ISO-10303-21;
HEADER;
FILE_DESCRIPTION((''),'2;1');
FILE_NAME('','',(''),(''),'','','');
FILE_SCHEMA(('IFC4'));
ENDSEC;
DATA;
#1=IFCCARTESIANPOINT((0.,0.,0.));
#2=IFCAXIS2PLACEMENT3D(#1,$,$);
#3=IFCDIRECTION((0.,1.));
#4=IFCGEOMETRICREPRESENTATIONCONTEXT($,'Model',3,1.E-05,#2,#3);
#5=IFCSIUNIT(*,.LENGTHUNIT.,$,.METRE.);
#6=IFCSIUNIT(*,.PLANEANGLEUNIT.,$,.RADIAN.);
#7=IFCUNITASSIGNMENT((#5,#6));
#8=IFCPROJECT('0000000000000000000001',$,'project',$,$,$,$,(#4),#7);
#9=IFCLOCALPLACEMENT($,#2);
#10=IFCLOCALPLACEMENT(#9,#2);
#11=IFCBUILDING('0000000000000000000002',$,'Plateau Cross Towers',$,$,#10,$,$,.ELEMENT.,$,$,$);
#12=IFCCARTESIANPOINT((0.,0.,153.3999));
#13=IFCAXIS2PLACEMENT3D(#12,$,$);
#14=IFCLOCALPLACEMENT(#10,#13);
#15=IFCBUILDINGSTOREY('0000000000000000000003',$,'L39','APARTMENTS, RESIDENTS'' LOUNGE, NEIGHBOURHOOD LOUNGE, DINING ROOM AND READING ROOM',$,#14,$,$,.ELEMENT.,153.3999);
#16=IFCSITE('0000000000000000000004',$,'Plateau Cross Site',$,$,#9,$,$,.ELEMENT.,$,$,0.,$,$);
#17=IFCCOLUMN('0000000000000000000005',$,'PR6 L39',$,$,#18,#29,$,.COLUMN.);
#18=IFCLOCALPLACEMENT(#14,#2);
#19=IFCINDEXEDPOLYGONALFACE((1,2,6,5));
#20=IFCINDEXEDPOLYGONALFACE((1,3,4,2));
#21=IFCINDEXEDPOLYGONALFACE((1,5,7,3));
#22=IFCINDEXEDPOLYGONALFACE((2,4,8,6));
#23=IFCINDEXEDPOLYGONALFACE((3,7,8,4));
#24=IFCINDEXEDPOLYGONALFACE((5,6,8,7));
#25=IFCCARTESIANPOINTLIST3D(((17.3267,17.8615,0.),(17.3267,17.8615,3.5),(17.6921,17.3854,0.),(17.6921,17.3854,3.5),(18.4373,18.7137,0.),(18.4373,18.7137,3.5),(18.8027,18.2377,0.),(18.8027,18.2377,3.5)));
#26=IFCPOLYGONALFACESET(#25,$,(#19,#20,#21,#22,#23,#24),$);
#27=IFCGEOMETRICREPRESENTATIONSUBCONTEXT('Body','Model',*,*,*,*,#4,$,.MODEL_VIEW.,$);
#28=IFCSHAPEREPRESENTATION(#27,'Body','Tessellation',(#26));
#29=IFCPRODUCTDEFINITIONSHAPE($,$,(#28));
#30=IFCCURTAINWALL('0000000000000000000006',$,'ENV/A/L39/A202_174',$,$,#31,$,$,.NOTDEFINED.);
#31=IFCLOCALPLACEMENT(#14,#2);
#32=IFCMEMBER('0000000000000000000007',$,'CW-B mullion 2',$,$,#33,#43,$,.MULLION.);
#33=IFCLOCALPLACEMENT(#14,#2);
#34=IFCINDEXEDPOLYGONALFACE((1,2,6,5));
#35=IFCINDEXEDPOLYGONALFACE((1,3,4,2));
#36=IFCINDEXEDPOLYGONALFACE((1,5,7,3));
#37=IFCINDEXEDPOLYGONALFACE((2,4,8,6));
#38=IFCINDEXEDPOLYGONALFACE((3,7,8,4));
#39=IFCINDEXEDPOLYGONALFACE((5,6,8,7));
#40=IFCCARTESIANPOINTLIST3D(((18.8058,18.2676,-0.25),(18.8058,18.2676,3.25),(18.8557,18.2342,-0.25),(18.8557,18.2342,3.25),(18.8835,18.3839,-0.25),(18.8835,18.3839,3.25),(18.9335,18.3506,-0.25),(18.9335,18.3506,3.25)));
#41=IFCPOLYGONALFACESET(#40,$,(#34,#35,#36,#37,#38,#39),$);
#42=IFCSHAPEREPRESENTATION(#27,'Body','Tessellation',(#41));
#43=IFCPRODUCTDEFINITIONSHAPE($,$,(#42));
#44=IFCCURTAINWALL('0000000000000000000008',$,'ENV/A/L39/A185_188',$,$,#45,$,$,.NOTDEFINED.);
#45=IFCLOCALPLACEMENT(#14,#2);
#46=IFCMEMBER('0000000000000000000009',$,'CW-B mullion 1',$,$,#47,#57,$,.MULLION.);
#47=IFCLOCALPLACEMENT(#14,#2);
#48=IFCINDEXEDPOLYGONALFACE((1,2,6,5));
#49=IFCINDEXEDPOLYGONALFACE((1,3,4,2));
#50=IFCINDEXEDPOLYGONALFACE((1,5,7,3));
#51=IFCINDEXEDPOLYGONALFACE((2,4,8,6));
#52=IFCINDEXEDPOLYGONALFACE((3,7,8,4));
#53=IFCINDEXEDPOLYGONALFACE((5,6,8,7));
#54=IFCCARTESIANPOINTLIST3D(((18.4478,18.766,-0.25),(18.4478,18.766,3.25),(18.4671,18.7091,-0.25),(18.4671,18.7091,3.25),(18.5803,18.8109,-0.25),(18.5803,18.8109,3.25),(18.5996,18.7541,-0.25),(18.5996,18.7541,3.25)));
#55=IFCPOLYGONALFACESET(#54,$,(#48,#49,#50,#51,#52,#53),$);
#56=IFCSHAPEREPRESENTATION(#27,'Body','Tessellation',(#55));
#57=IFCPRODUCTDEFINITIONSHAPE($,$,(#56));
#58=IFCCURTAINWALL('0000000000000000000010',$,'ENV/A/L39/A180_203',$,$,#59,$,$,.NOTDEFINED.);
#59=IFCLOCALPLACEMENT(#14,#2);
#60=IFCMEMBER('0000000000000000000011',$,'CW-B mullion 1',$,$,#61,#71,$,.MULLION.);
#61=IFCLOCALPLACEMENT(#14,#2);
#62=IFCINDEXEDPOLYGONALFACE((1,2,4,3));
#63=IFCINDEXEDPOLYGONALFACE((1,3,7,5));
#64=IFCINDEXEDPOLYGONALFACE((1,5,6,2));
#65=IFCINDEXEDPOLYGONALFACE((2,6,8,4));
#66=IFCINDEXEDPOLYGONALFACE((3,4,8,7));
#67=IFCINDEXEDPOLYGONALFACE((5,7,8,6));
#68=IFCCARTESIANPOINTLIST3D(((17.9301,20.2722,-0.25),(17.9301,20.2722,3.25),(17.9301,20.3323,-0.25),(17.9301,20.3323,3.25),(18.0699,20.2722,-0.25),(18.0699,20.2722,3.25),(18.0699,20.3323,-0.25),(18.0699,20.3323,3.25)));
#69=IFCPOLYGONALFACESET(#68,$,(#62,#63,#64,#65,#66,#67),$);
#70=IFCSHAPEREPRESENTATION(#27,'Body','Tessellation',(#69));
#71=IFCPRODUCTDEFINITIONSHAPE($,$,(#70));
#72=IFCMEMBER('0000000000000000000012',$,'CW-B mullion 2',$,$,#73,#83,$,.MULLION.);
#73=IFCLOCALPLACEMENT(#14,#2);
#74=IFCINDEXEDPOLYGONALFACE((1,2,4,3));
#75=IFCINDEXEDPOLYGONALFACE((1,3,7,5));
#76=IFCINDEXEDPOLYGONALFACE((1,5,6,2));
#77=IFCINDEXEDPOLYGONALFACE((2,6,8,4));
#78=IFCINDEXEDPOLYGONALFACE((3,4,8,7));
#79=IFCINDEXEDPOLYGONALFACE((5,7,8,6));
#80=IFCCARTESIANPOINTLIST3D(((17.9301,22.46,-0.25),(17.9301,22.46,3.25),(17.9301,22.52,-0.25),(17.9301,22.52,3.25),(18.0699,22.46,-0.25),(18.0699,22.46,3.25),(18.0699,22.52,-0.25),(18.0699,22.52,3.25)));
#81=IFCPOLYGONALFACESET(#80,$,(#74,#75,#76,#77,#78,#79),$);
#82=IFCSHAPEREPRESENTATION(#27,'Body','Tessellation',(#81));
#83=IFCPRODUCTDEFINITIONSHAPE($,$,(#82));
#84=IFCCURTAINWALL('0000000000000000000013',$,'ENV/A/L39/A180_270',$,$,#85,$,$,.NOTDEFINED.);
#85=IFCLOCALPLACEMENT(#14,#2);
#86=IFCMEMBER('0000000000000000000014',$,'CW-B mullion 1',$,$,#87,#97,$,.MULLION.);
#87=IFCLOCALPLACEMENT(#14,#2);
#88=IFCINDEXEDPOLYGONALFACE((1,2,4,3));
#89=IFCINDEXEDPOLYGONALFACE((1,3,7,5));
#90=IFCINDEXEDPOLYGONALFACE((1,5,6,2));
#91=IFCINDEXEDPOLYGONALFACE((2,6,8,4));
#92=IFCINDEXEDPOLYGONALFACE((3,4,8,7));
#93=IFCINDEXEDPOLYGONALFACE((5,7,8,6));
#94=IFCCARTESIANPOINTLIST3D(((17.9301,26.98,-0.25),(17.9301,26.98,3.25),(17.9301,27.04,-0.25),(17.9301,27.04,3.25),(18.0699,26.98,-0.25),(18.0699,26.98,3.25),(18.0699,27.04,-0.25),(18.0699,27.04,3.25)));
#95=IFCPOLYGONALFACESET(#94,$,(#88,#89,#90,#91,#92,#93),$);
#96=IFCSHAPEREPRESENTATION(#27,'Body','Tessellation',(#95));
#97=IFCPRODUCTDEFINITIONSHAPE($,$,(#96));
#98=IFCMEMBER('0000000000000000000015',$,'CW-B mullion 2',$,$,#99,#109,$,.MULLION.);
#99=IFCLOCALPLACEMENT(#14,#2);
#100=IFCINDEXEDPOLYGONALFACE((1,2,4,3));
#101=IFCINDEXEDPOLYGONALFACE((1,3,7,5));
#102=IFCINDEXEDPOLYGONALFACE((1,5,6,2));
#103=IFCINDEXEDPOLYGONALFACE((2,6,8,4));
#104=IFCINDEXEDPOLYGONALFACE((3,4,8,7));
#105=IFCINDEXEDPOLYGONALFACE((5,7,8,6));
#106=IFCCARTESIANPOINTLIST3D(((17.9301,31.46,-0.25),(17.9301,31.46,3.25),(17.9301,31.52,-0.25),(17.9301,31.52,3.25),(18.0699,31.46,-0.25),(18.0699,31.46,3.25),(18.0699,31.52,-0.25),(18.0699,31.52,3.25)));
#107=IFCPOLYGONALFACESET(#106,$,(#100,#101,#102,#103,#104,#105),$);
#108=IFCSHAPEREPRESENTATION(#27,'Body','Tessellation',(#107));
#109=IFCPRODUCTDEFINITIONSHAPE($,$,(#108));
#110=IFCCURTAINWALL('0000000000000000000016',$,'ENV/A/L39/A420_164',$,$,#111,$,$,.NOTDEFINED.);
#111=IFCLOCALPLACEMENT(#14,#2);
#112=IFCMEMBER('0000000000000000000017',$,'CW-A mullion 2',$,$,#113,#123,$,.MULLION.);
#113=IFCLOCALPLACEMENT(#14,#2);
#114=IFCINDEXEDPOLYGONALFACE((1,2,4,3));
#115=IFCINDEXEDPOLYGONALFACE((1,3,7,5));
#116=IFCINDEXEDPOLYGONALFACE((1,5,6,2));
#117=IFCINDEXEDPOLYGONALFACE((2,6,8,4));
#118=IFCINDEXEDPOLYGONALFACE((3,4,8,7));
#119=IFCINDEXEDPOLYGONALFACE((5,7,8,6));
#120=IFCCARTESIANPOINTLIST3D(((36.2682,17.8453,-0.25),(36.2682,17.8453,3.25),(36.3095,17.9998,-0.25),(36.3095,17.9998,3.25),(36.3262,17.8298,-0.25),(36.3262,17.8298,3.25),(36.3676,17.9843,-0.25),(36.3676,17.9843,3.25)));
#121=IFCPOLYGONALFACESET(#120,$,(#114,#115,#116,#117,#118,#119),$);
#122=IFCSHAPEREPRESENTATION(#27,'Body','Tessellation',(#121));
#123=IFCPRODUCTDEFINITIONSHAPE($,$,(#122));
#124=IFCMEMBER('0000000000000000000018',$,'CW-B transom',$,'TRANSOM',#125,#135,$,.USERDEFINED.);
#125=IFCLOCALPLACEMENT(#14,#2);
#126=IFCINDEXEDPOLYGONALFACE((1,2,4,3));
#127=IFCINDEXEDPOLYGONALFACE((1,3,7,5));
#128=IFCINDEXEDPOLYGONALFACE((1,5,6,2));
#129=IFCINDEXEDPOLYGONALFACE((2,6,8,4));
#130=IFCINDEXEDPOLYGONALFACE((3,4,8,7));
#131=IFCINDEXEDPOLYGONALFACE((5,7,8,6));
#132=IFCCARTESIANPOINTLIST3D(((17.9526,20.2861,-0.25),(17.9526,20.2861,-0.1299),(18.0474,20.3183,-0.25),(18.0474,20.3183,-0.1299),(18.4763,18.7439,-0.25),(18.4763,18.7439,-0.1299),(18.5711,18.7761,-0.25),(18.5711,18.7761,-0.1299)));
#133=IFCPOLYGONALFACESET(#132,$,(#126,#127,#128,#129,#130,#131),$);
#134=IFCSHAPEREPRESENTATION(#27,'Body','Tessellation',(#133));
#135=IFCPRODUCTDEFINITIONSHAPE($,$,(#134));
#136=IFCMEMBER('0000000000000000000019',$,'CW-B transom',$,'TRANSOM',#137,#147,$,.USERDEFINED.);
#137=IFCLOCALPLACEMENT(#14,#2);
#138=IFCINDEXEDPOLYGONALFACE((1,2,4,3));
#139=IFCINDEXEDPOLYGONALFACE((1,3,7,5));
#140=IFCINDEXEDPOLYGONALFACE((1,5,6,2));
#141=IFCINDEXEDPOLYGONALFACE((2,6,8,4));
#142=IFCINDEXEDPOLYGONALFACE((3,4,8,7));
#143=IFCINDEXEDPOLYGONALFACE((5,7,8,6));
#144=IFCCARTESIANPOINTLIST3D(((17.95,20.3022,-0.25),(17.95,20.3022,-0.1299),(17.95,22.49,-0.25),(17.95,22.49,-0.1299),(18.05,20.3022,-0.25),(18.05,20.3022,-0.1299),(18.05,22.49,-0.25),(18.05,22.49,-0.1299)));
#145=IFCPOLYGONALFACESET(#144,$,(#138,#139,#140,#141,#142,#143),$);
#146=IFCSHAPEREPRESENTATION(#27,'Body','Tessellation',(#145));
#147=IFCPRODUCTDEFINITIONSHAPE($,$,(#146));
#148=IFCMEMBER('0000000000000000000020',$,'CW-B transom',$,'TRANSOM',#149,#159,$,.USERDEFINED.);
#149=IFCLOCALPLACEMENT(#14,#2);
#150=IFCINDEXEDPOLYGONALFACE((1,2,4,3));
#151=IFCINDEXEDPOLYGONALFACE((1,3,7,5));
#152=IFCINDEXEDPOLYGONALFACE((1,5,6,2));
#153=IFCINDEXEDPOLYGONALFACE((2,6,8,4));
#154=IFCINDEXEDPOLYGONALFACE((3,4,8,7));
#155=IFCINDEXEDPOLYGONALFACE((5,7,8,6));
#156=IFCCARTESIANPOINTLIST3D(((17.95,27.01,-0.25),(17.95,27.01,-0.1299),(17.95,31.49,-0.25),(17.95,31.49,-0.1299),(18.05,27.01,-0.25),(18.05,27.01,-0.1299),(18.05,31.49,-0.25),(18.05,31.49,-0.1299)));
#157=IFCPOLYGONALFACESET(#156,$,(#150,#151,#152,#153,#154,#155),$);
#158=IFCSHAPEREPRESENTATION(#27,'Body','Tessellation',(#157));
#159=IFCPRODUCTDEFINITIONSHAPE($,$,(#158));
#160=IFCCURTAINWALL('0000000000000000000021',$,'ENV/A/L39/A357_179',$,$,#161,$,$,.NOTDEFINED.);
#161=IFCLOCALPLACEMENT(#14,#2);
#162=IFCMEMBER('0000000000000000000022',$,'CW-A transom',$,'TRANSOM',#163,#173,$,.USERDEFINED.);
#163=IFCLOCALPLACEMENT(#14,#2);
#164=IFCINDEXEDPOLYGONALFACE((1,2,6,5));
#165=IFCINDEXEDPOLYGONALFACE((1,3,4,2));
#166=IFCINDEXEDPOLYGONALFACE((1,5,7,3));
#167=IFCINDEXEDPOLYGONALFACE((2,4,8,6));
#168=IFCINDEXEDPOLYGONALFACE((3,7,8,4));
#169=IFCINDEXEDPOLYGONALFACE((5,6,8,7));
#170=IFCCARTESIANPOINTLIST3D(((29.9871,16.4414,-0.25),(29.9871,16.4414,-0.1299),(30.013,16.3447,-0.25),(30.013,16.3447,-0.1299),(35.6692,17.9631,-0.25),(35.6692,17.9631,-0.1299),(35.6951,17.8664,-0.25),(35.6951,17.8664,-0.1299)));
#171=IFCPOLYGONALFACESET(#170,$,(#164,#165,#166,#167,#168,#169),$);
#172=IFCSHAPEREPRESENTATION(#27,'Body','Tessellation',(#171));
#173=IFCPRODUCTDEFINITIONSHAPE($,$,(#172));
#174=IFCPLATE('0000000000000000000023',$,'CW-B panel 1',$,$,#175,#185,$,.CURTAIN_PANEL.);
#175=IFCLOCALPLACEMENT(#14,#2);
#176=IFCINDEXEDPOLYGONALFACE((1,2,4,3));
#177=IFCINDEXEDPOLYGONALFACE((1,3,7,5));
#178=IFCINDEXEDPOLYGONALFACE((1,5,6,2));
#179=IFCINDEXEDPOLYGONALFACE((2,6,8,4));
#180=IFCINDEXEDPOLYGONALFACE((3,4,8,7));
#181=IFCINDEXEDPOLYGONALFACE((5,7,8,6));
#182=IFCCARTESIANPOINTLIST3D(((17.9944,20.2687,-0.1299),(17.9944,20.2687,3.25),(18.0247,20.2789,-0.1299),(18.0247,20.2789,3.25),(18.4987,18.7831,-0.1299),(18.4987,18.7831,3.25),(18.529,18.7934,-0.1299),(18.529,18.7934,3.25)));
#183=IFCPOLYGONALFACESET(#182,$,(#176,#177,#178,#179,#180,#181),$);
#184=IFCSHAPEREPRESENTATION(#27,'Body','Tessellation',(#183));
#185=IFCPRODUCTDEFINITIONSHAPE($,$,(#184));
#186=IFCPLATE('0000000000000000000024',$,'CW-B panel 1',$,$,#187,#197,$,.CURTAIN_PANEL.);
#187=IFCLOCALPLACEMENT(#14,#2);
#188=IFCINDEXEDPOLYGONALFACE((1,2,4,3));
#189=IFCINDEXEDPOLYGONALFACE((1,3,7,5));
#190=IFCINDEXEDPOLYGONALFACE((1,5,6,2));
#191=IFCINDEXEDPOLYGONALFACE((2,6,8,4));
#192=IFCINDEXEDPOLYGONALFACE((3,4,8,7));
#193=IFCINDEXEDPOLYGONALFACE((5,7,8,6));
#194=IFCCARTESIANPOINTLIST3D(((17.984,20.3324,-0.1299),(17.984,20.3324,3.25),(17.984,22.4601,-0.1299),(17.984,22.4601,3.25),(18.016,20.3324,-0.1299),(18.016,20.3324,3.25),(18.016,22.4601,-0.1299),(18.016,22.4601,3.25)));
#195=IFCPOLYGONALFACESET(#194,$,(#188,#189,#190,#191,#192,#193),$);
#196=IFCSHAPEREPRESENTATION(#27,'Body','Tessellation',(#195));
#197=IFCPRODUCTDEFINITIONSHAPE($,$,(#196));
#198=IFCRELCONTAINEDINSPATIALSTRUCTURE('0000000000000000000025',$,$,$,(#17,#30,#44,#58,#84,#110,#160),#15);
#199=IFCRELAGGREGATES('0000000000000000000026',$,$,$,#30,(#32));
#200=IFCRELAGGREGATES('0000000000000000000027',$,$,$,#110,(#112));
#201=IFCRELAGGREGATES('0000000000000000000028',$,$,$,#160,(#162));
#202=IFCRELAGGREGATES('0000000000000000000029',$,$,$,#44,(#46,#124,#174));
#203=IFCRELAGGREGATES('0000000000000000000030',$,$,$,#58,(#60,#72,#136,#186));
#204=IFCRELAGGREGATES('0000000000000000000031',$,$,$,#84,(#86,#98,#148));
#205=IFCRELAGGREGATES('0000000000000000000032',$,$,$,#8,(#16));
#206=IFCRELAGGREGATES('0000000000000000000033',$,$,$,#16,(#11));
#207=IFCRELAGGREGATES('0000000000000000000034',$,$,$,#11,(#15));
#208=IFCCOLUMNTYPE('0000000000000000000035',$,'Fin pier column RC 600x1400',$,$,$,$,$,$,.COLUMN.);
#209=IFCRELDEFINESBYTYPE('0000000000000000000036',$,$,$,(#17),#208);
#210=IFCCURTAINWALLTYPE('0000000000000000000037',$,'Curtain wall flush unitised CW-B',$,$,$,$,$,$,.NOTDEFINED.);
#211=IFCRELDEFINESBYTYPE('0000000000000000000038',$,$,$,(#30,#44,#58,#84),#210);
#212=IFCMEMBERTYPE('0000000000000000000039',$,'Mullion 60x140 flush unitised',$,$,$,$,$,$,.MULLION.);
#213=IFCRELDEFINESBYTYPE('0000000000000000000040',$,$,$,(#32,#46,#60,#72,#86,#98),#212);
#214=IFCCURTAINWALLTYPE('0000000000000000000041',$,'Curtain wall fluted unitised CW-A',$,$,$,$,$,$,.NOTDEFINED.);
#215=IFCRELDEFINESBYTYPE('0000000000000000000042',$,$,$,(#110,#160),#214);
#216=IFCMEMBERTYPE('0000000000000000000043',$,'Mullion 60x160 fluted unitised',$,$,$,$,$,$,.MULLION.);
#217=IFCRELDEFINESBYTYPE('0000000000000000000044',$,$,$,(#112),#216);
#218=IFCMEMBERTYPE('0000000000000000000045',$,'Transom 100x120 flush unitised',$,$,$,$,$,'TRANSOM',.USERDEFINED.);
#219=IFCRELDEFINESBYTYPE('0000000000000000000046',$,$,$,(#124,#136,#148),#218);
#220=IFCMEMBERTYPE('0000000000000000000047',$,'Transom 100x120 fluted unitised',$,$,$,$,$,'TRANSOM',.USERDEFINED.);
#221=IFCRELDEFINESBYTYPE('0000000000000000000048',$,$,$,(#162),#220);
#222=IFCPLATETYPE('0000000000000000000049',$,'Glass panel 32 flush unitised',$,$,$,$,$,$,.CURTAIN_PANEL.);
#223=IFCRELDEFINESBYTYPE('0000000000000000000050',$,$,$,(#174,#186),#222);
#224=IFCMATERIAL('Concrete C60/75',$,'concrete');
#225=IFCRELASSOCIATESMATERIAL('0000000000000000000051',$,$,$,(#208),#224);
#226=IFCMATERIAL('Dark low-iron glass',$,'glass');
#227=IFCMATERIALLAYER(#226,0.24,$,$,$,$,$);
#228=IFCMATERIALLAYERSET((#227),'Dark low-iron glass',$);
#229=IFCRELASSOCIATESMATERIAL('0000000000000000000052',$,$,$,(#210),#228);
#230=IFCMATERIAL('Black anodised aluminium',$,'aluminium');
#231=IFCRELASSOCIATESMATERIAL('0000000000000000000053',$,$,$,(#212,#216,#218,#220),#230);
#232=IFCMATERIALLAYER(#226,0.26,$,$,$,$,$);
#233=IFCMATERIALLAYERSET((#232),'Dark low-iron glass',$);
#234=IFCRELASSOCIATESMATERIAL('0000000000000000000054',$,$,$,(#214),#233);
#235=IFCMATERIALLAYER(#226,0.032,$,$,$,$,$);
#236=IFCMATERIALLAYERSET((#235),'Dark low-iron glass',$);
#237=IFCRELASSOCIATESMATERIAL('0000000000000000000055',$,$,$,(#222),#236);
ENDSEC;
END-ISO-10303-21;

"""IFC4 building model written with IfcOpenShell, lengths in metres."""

from ifc_helpers import new_model, si_unit, direction, frame, origin, origin_2d, place, context, subcontext, project, spatial, rectangle, extrude, material, layer, layer_set, material_profile, profile_set, type_object, element, aggregate, save


model = new_model("IFC4")

# Units and contexts
model_context = context("Model", 3, precision=1e-05, world=origin(), true_north=direction((0.0, 1.0)))
body_context = subcontext(model_context, "Body", "Model", "MODEL_VIEW")
ifc_project = project(units=[si_unit("LENGTHUNIT", "METRE"), si_unit("PLANEANGLEUNIT", "RADIAN")], contexts=[model_context])

# Site, building, storey
site_placement = place(None, origin())
site = spatial("IfcSite", under=ifc_project, at=site_placement, Name="Plateau Cross Site", CompositionType="ELEMENT", RefElevation=0.0)
building_placement = place(site_placement, origin())
building = spatial("IfcBuilding", under=site, at=building_placement, Name="Plateau Cross Towers", CompositionType="ELEMENT")
storey_placement = place(building_placement, frame((0.0, 0.0, 153.3999)))
storey = spatial("IfcBuildingStorey", under=building, at=storey_placement, Name="L39", Description="APARTMENTS, RESIDENTS' LOUNGE, NEIGHBOURHOOD LOUNGE, DINING ROOM AND READING ROOM", CompositionType="ELEMENT", Elevation=153.3999)

# Column
ifc_material_1 = material(Name="Concrete C60/75", Category="concrete")
ifc_material_profile_1 = material_profile(ifc_material_1, rectangle(XDim=0.6001, YDim=1.3999, at=origin_2d()), Name="RC 600x1400")
ifc_profile_set_1 = profile_set([ifc_material_profile_1], Name="Concrete C60/75")
column_type = type_object("IfcColumnType", Name="Fin pier column RC 600x1400", PredefinedType="COLUMN", material=ifc_profile_set_1)
column_placement = place(storey_placement, frame((18.0647, 18.0496, 0.0), z_axis=(0.0, 0.0, 1.0), x_axis=(-0.608811, 0.793315, 0.0)))
element("IfcColumn", 1, at=column_placement, inside=storey, type_object=column_type, Name="PR6 L39", PredefinedType="COLUMN", context=body_context, shape_type="SweptSolid", body=[
    extrude(rectangle(XDim=0.6001, YDim=1.3999, at=origin_2d()), origin(), (0.0, 0.0, 1.0), 3.5),
])

# Curtain walls, members
ifc_material_2 = material(Name="Dark low-iron glass", Category="glass")
ifc_layer_1 = layer(ifc_material_2, 0.24)
ifc_layer_set_1 = layer_set([ifc_layer_1], Name="Dark low-iron glass")
curtain_wall_type_1 = type_object("IfcCurtainWallType", Name="Curtain wall flush unitised CW-B", PredefinedType="NOTDEFINED", material=ifc_layer_set_1)
curtain_wall_1_placement = place(storey_placement, origin())
curtain_wall_1 = element("IfcCurtainWall", 2, at=curtain_wall_1_placement, inside=storey, type_object=curtain_wall_type_1, Name="ENV/A/L39/A202_174", PredefinedType="NOTDEFINED")
ifc_material_3 = material(Name="Black anodised aluminium", Category="aluminium")
ifc_material_profile_2 = material_profile(ifc_material_3, rectangle(XDim=0.0601, YDim=0.1399, at=origin_2d()), Name="MULLION 60x140")
ifc_profile_set_2 = profile_set([ifc_material_profile_2], Name="Black anodised aluminium")
member_type_1 = type_object("IfcMemberType", Name="Mullion 60x140 flush unitised", PredefinedType="MULLION", material=ifc_profile_set_2)
member_1_placement = place(storey_placement, frame((18.8696, 18.3091, -0.25), z_axis=(0.0, 0.0, 1.0), x_axis=(-0.831521, 0.555493, 0.0)))
member_1 = element("IfcMember", 3, at=member_1_placement, type_object=member_type_1, Name="CW-B mullion 2", PredefinedType="MULLION", context=body_context, shape_type="SweptSolid", body=[
    extrude(rectangle(XDim=0.0601, YDim=0.1399, at=origin_2d()), origin(), (0.0, 0.0, 1.0), 3.5),
])
aggregate(curtain_wall_1, [member_1])
curtain_wall_2_placement = place(storey_placement, origin())
curtain_wall_2 = element("IfcCurtainWall", 4, at=curtain_wall_2_placement, inside=storey, type_object=curtain_wall_type_1, Name="ENV/A/L39/A185_188", PredefinedType="NOTDEFINED")
member_2_placement = place(storey_placement, frame((18.5237, 18.76, -0.25), z_axis=(0.0, 0.0, 1.0), x_axis=(-0.321469, 0.94692, 0.0)))
member_2 = element("IfcMember", 5, at=member_2_placement, type_object=member_type_1, Name="CW-B mullion 1", PredefinedType="MULLION", context=body_context, shape_type="SweptSolid", body=[
    extrude(rectangle(XDim=0.0601, YDim=0.1399, at=origin_2d()), origin(), (0.0, 0.0, 1.0), 3.5),
])

# Curtain walls, members
curtain_wall_3_placement = place(storey_placement, origin())
curtain_wall_3 = element("IfcCurtainWall", 6, at=curtain_wall_3_placement, inside=storey, type_object=curtain_wall_type_1, Name="ENV/A/L39/A180_203", PredefinedType="NOTDEFINED")
member_3_placement = place(storey_placement, frame((18.0, 20.3022, -0.25), z_axis=(0.0, 0.0, 1.0), x_axis=(0.0, 1.0, 0.0)))
member_3 = element("IfcMember", 7, at=member_3_placement, type_object=member_type_1, Name="CW-B mullion 1", PredefinedType="MULLION", context=body_context, shape_type="SweptSolid", body=[
    extrude(rectangle(XDim=0.0601, YDim=0.1399, at=origin_2d()), origin(), (0.0, 0.0, 1.0), 3.5),
])
member_4_placement = place(storey_placement, frame((18.0, 22.49, -0.25), z_axis=(0.0, 0.0, 1.0), x_axis=(0.0, 1.0, 0.0)))
member_4 = element("IfcMember", 8, at=member_4_placement, type_object=member_type_1, Name="CW-B mullion 2", PredefinedType="MULLION", context=body_context, shape_type="SweptSolid", body=[
    extrude(rectangle(XDim=0.0601, YDim=0.1399, at=origin_2d()), origin(), (0.0, 0.0, 1.0), 3.5),
])
curtain_wall_4_placement = place(storey_placement, origin())
curtain_wall_4 = element("IfcCurtainWall", 9, at=curtain_wall_4_placement, inside=storey, type_object=curtain_wall_type_1, Name="ENV/A/L39/A180_270", PredefinedType="NOTDEFINED")
member_5_placement = place(storey_placement, frame((18.0, 27.01, -0.25), z_axis=(0.0, 0.0, 1.0), x_axis=(0.0, 1.0, 0.0)))
member_5 = element("IfcMember", 10, at=member_5_placement, type_object=member_type_1, Name="CW-B mullion 1", PredefinedType="MULLION", context=body_context, shape_type="SweptSolid", body=[
    extrude(rectangle(XDim=0.0601, YDim=0.1399, at=origin_2d()), origin(), (0.0, 0.0, 1.0), 3.5),
])
member_6_placement = place(storey_placement, frame((18.0, 31.49, -0.25), z_axis=(0.0, 0.0, 1.0), x_axis=(0.0, 1.0, 0.0)))
member_6 = element("IfcMember", 11, at=member_6_placement, type_object=member_type_1, Name="CW-B mullion 2", PredefinedType="MULLION", context=body_context, shape_type="SweptSolid", body=[
    extrude(rectangle(XDim=0.0601, YDim=0.1399, at=origin_2d()), origin(), (0.0, 0.0, 1.0), 3.5),
])

# Curtain wall, member
ifc_layer_2 = layer(ifc_material_2, 0.26)
ifc_layer_set_2 = layer_set([ifc_layer_2], Name="Dark low-iron glass")
curtain_wall_type_2 = type_object("IfcCurtainWallType", Name="Curtain wall fluted unitised CW-A", PredefinedType="NOTDEFINED", material=ifc_layer_set_2)
curtain_wall_5_placement = place(storey_placement, origin())
curtain_wall_5 = element("IfcCurtainWall", 12, at=curtain_wall_5_placement, inside=storey, type_object=curtain_wall_type_2, Name="ENV/A/L39/A420_164", PredefinedType="NOTDEFINED")
ifc_material_profile_3 = material_profile(ifc_material_3, rectangle(XDim=0.0601, YDim=0.1599, at=origin_2d()), Name="MULLION 60x160")
ifc_profile_set_3 = profile_set([ifc_material_profile_3], Name="Black anodised aluminium")
member_type_2 = type_object("IfcMemberType", Name="Mullion 60x160 fluted unitised", PredefinedType="MULLION", material=ifc_profile_set_3)
member_7_placement = place(storey_placement, frame((36.3179, 17.9148, -0.25), z_axis=(0.0, 0.0, 1.0), x_axis=(-0.965958, 0.258699, 0.0)))
member_7 = element("IfcMember", 13, at=member_7_placement, type_object=member_type_2, Name="CW-A mullion 2", PredefinedType="MULLION", context=body_context, shape_type="SweptSolid", body=[
    extrude(rectangle(XDim=0.0601, YDim=0.1599, at=origin_2d()), origin(), (0.0, 0.0, 1.0), 3.5),
])
aggregate(curtain_wall_5, [member_7])

# Members
ifc_material_profile_4 = material_profile(ifc_material_3, rectangle(XDim=0.1001, YDim=0.1201, at=origin_2d()), Name="TRANSOM 100x120")
ifc_profile_set_4 = profile_set([ifc_material_profile_4], Name="Black anodised aluminium")
member_type_3 = type_object("IfcMemberType", Name="Transom 100x120 flush unitised", ElementType="TRANSOM", PredefinedType="USERDEFINED", material=ifc_profile_set_4)
member_8_placement = place(storey_placement, frame((18.5237, 18.76, -0.1899), z_axis=(-0.321529, 0.9469, 0.0), x_axis=(-0.9469, -0.321529, 0.0)))
member_8 = element("IfcMember", 14, at=member_8_placement, type_object=member_type_3, Name="CW-B transom", ObjectType="TRANSOM", PredefinedType="USERDEFINED", context=body_context, shape_type="SweptSolid", body=[
    extrude(rectangle(XDim=0.1001, YDim=0.1201, at=origin_2d()), origin(), (0.0, 0.0, 1.0), 1.6287),
])
member_9_placement = place(storey_placement, frame((18.0, 20.3022, -0.1899), z_axis=(0.0, 1.0, 0.0), x_axis=(-1.0, 0.0, 0.0)))
member_9 = element("IfcMember", 15, at=member_9_placement, type_object=member_type_3, Name="CW-B transom", ObjectType="TRANSOM", PredefinedType="USERDEFINED", context=body_context, shape_type="SweptSolid", body=[
    extrude(rectangle(XDim=0.1001, YDim=0.1201, at=origin_2d()), origin(), (0.0, 0.0, 1.0), 2.1877),
])
member_10_placement = place(storey_placement, frame((18.0, 27.01, -0.1899), z_axis=(0.0, 1.0, 0.0), x_axis=(-1.0, 0.0, 0.0)))
member_10 = element("IfcMember", 16, at=member_10_placement, type_object=member_type_3, Name="CW-B transom", ObjectType="TRANSOM", PredefinedType="USERDEFINED", context=body_context, shape_type="SweptSolid", body=[
    extrude(rectangle(XDim=0.1001, YDim=0.1201, at=origin_2d()), origin(), (0.0, 0.0, 1.0), 4.48),
])

# Curtain wall, member
curtain_wall_6_placement = place(storey_placement, origin())
curtain_wall_6 = element("IfcCurtainWall", 17, at=curtain_wall_6_placement, inside=storey, type_object=curtain_wall_type_2, Name="ENV/A/L39/A357_179", PredefinedType="NOTDEFINED")
ifc_material_profile_5 = material_profile(ifc_material_3, rectangle(XDim=0.1001, YDim=0.1201, at=origin_2d()), Name="TRANSOM 100x120")
ifc_profile_set_5 = profile_set([ifc_material_profile_5], Name="Black anodised aluminium")
member_type_4 = type_object("IfcMemberType", Name="Transom 100x120 fluted unitised", ElementType="TRANSOM", PredefinedType="USERDEFINED", material=ifc_profile_set_5)
member_11_placement = place(storey_placement, frame((35.6821, 17.9148, -0.1899), z_axis=(-0.96596, -0.258693, 0.0), x_axis=(0.258693, -0.96596, 0.0)))
member_11 = element("IfcMember", 18, at=member_11_placement, type_object=member_type_4, Name="CW-A transom", ObjectType="TRANSOM", PredefinedType="USERDEFINED", context=body_context, shape_type="SweptSolid", body=[
    extrude(rectangle(XDim=0.1001, YDim=0.1201, at=origin_2d()), origin(), (0.0, 0.0, 1.0), 5.8823),
])
aggregate(curtain_wall_6, [member_11])

# Plates
ifc_layer_3 = layer(ifc_material_2, 0.032)
ifc_layer_set_3 = layer_set([ifc_layer_3], Name="Dark low-iron glass")
plate_type = type_object("IfcPlateType", Name="Glass panel 32 flush unitised", PredefinedType="CURTAIN_PANEL", material=ifc_layer_set_3)
plate_1_placement = place(storey_placement, frame((18.2617, 19.531, -0.1299), z_axis=(0.0, 0.0, 1.0), x_axis=(-0.321469, 0.94692, 0.0)))
plate_1 = element("IfcPlate", 19, at=plate_1_placement, type_object=plate_type, Name="CW-B panel 1", PredefinedType="CURTAIN_PANEL", context=body_context, shape_type="SweptSolid", body=[
    extrude(rectangle(XDim=1.5688, YDim=0.032, at=origin_2d()), origin(), (0.0, 0.0, 1.0), 3.3799),
])
aggregate(curtain_wall_2, [member_2, member_8, plate_1])
plate_2_placement = place(storey_placement, frame((18.0, 21.3962, -0.1299), z_axis=(0.0, 0.0, 1.0), x_axis=(0.0, 1.0, 0.0)))
plate_2 = element("IfcPlate", 20, at=plate_2_placement, type_object=plate_type, Name="CW-B panel 1", PredefinedType="CURTAIN_PANEL", context=body_context, shape_type="SweptSolid", body=[
    extrude(rectangle(XDim=2.1277, YDim=0.032, at=origin_2d()), origin(), (0.0, 0.0, 1.0), 3.3799),
])
aggregate(curtain_wall_3, [member_3, member_4, member_9, plate_2])
aggregate(curtain_wall_4, [member_5, member_6, member_10])

save(model, "model.ifc")
